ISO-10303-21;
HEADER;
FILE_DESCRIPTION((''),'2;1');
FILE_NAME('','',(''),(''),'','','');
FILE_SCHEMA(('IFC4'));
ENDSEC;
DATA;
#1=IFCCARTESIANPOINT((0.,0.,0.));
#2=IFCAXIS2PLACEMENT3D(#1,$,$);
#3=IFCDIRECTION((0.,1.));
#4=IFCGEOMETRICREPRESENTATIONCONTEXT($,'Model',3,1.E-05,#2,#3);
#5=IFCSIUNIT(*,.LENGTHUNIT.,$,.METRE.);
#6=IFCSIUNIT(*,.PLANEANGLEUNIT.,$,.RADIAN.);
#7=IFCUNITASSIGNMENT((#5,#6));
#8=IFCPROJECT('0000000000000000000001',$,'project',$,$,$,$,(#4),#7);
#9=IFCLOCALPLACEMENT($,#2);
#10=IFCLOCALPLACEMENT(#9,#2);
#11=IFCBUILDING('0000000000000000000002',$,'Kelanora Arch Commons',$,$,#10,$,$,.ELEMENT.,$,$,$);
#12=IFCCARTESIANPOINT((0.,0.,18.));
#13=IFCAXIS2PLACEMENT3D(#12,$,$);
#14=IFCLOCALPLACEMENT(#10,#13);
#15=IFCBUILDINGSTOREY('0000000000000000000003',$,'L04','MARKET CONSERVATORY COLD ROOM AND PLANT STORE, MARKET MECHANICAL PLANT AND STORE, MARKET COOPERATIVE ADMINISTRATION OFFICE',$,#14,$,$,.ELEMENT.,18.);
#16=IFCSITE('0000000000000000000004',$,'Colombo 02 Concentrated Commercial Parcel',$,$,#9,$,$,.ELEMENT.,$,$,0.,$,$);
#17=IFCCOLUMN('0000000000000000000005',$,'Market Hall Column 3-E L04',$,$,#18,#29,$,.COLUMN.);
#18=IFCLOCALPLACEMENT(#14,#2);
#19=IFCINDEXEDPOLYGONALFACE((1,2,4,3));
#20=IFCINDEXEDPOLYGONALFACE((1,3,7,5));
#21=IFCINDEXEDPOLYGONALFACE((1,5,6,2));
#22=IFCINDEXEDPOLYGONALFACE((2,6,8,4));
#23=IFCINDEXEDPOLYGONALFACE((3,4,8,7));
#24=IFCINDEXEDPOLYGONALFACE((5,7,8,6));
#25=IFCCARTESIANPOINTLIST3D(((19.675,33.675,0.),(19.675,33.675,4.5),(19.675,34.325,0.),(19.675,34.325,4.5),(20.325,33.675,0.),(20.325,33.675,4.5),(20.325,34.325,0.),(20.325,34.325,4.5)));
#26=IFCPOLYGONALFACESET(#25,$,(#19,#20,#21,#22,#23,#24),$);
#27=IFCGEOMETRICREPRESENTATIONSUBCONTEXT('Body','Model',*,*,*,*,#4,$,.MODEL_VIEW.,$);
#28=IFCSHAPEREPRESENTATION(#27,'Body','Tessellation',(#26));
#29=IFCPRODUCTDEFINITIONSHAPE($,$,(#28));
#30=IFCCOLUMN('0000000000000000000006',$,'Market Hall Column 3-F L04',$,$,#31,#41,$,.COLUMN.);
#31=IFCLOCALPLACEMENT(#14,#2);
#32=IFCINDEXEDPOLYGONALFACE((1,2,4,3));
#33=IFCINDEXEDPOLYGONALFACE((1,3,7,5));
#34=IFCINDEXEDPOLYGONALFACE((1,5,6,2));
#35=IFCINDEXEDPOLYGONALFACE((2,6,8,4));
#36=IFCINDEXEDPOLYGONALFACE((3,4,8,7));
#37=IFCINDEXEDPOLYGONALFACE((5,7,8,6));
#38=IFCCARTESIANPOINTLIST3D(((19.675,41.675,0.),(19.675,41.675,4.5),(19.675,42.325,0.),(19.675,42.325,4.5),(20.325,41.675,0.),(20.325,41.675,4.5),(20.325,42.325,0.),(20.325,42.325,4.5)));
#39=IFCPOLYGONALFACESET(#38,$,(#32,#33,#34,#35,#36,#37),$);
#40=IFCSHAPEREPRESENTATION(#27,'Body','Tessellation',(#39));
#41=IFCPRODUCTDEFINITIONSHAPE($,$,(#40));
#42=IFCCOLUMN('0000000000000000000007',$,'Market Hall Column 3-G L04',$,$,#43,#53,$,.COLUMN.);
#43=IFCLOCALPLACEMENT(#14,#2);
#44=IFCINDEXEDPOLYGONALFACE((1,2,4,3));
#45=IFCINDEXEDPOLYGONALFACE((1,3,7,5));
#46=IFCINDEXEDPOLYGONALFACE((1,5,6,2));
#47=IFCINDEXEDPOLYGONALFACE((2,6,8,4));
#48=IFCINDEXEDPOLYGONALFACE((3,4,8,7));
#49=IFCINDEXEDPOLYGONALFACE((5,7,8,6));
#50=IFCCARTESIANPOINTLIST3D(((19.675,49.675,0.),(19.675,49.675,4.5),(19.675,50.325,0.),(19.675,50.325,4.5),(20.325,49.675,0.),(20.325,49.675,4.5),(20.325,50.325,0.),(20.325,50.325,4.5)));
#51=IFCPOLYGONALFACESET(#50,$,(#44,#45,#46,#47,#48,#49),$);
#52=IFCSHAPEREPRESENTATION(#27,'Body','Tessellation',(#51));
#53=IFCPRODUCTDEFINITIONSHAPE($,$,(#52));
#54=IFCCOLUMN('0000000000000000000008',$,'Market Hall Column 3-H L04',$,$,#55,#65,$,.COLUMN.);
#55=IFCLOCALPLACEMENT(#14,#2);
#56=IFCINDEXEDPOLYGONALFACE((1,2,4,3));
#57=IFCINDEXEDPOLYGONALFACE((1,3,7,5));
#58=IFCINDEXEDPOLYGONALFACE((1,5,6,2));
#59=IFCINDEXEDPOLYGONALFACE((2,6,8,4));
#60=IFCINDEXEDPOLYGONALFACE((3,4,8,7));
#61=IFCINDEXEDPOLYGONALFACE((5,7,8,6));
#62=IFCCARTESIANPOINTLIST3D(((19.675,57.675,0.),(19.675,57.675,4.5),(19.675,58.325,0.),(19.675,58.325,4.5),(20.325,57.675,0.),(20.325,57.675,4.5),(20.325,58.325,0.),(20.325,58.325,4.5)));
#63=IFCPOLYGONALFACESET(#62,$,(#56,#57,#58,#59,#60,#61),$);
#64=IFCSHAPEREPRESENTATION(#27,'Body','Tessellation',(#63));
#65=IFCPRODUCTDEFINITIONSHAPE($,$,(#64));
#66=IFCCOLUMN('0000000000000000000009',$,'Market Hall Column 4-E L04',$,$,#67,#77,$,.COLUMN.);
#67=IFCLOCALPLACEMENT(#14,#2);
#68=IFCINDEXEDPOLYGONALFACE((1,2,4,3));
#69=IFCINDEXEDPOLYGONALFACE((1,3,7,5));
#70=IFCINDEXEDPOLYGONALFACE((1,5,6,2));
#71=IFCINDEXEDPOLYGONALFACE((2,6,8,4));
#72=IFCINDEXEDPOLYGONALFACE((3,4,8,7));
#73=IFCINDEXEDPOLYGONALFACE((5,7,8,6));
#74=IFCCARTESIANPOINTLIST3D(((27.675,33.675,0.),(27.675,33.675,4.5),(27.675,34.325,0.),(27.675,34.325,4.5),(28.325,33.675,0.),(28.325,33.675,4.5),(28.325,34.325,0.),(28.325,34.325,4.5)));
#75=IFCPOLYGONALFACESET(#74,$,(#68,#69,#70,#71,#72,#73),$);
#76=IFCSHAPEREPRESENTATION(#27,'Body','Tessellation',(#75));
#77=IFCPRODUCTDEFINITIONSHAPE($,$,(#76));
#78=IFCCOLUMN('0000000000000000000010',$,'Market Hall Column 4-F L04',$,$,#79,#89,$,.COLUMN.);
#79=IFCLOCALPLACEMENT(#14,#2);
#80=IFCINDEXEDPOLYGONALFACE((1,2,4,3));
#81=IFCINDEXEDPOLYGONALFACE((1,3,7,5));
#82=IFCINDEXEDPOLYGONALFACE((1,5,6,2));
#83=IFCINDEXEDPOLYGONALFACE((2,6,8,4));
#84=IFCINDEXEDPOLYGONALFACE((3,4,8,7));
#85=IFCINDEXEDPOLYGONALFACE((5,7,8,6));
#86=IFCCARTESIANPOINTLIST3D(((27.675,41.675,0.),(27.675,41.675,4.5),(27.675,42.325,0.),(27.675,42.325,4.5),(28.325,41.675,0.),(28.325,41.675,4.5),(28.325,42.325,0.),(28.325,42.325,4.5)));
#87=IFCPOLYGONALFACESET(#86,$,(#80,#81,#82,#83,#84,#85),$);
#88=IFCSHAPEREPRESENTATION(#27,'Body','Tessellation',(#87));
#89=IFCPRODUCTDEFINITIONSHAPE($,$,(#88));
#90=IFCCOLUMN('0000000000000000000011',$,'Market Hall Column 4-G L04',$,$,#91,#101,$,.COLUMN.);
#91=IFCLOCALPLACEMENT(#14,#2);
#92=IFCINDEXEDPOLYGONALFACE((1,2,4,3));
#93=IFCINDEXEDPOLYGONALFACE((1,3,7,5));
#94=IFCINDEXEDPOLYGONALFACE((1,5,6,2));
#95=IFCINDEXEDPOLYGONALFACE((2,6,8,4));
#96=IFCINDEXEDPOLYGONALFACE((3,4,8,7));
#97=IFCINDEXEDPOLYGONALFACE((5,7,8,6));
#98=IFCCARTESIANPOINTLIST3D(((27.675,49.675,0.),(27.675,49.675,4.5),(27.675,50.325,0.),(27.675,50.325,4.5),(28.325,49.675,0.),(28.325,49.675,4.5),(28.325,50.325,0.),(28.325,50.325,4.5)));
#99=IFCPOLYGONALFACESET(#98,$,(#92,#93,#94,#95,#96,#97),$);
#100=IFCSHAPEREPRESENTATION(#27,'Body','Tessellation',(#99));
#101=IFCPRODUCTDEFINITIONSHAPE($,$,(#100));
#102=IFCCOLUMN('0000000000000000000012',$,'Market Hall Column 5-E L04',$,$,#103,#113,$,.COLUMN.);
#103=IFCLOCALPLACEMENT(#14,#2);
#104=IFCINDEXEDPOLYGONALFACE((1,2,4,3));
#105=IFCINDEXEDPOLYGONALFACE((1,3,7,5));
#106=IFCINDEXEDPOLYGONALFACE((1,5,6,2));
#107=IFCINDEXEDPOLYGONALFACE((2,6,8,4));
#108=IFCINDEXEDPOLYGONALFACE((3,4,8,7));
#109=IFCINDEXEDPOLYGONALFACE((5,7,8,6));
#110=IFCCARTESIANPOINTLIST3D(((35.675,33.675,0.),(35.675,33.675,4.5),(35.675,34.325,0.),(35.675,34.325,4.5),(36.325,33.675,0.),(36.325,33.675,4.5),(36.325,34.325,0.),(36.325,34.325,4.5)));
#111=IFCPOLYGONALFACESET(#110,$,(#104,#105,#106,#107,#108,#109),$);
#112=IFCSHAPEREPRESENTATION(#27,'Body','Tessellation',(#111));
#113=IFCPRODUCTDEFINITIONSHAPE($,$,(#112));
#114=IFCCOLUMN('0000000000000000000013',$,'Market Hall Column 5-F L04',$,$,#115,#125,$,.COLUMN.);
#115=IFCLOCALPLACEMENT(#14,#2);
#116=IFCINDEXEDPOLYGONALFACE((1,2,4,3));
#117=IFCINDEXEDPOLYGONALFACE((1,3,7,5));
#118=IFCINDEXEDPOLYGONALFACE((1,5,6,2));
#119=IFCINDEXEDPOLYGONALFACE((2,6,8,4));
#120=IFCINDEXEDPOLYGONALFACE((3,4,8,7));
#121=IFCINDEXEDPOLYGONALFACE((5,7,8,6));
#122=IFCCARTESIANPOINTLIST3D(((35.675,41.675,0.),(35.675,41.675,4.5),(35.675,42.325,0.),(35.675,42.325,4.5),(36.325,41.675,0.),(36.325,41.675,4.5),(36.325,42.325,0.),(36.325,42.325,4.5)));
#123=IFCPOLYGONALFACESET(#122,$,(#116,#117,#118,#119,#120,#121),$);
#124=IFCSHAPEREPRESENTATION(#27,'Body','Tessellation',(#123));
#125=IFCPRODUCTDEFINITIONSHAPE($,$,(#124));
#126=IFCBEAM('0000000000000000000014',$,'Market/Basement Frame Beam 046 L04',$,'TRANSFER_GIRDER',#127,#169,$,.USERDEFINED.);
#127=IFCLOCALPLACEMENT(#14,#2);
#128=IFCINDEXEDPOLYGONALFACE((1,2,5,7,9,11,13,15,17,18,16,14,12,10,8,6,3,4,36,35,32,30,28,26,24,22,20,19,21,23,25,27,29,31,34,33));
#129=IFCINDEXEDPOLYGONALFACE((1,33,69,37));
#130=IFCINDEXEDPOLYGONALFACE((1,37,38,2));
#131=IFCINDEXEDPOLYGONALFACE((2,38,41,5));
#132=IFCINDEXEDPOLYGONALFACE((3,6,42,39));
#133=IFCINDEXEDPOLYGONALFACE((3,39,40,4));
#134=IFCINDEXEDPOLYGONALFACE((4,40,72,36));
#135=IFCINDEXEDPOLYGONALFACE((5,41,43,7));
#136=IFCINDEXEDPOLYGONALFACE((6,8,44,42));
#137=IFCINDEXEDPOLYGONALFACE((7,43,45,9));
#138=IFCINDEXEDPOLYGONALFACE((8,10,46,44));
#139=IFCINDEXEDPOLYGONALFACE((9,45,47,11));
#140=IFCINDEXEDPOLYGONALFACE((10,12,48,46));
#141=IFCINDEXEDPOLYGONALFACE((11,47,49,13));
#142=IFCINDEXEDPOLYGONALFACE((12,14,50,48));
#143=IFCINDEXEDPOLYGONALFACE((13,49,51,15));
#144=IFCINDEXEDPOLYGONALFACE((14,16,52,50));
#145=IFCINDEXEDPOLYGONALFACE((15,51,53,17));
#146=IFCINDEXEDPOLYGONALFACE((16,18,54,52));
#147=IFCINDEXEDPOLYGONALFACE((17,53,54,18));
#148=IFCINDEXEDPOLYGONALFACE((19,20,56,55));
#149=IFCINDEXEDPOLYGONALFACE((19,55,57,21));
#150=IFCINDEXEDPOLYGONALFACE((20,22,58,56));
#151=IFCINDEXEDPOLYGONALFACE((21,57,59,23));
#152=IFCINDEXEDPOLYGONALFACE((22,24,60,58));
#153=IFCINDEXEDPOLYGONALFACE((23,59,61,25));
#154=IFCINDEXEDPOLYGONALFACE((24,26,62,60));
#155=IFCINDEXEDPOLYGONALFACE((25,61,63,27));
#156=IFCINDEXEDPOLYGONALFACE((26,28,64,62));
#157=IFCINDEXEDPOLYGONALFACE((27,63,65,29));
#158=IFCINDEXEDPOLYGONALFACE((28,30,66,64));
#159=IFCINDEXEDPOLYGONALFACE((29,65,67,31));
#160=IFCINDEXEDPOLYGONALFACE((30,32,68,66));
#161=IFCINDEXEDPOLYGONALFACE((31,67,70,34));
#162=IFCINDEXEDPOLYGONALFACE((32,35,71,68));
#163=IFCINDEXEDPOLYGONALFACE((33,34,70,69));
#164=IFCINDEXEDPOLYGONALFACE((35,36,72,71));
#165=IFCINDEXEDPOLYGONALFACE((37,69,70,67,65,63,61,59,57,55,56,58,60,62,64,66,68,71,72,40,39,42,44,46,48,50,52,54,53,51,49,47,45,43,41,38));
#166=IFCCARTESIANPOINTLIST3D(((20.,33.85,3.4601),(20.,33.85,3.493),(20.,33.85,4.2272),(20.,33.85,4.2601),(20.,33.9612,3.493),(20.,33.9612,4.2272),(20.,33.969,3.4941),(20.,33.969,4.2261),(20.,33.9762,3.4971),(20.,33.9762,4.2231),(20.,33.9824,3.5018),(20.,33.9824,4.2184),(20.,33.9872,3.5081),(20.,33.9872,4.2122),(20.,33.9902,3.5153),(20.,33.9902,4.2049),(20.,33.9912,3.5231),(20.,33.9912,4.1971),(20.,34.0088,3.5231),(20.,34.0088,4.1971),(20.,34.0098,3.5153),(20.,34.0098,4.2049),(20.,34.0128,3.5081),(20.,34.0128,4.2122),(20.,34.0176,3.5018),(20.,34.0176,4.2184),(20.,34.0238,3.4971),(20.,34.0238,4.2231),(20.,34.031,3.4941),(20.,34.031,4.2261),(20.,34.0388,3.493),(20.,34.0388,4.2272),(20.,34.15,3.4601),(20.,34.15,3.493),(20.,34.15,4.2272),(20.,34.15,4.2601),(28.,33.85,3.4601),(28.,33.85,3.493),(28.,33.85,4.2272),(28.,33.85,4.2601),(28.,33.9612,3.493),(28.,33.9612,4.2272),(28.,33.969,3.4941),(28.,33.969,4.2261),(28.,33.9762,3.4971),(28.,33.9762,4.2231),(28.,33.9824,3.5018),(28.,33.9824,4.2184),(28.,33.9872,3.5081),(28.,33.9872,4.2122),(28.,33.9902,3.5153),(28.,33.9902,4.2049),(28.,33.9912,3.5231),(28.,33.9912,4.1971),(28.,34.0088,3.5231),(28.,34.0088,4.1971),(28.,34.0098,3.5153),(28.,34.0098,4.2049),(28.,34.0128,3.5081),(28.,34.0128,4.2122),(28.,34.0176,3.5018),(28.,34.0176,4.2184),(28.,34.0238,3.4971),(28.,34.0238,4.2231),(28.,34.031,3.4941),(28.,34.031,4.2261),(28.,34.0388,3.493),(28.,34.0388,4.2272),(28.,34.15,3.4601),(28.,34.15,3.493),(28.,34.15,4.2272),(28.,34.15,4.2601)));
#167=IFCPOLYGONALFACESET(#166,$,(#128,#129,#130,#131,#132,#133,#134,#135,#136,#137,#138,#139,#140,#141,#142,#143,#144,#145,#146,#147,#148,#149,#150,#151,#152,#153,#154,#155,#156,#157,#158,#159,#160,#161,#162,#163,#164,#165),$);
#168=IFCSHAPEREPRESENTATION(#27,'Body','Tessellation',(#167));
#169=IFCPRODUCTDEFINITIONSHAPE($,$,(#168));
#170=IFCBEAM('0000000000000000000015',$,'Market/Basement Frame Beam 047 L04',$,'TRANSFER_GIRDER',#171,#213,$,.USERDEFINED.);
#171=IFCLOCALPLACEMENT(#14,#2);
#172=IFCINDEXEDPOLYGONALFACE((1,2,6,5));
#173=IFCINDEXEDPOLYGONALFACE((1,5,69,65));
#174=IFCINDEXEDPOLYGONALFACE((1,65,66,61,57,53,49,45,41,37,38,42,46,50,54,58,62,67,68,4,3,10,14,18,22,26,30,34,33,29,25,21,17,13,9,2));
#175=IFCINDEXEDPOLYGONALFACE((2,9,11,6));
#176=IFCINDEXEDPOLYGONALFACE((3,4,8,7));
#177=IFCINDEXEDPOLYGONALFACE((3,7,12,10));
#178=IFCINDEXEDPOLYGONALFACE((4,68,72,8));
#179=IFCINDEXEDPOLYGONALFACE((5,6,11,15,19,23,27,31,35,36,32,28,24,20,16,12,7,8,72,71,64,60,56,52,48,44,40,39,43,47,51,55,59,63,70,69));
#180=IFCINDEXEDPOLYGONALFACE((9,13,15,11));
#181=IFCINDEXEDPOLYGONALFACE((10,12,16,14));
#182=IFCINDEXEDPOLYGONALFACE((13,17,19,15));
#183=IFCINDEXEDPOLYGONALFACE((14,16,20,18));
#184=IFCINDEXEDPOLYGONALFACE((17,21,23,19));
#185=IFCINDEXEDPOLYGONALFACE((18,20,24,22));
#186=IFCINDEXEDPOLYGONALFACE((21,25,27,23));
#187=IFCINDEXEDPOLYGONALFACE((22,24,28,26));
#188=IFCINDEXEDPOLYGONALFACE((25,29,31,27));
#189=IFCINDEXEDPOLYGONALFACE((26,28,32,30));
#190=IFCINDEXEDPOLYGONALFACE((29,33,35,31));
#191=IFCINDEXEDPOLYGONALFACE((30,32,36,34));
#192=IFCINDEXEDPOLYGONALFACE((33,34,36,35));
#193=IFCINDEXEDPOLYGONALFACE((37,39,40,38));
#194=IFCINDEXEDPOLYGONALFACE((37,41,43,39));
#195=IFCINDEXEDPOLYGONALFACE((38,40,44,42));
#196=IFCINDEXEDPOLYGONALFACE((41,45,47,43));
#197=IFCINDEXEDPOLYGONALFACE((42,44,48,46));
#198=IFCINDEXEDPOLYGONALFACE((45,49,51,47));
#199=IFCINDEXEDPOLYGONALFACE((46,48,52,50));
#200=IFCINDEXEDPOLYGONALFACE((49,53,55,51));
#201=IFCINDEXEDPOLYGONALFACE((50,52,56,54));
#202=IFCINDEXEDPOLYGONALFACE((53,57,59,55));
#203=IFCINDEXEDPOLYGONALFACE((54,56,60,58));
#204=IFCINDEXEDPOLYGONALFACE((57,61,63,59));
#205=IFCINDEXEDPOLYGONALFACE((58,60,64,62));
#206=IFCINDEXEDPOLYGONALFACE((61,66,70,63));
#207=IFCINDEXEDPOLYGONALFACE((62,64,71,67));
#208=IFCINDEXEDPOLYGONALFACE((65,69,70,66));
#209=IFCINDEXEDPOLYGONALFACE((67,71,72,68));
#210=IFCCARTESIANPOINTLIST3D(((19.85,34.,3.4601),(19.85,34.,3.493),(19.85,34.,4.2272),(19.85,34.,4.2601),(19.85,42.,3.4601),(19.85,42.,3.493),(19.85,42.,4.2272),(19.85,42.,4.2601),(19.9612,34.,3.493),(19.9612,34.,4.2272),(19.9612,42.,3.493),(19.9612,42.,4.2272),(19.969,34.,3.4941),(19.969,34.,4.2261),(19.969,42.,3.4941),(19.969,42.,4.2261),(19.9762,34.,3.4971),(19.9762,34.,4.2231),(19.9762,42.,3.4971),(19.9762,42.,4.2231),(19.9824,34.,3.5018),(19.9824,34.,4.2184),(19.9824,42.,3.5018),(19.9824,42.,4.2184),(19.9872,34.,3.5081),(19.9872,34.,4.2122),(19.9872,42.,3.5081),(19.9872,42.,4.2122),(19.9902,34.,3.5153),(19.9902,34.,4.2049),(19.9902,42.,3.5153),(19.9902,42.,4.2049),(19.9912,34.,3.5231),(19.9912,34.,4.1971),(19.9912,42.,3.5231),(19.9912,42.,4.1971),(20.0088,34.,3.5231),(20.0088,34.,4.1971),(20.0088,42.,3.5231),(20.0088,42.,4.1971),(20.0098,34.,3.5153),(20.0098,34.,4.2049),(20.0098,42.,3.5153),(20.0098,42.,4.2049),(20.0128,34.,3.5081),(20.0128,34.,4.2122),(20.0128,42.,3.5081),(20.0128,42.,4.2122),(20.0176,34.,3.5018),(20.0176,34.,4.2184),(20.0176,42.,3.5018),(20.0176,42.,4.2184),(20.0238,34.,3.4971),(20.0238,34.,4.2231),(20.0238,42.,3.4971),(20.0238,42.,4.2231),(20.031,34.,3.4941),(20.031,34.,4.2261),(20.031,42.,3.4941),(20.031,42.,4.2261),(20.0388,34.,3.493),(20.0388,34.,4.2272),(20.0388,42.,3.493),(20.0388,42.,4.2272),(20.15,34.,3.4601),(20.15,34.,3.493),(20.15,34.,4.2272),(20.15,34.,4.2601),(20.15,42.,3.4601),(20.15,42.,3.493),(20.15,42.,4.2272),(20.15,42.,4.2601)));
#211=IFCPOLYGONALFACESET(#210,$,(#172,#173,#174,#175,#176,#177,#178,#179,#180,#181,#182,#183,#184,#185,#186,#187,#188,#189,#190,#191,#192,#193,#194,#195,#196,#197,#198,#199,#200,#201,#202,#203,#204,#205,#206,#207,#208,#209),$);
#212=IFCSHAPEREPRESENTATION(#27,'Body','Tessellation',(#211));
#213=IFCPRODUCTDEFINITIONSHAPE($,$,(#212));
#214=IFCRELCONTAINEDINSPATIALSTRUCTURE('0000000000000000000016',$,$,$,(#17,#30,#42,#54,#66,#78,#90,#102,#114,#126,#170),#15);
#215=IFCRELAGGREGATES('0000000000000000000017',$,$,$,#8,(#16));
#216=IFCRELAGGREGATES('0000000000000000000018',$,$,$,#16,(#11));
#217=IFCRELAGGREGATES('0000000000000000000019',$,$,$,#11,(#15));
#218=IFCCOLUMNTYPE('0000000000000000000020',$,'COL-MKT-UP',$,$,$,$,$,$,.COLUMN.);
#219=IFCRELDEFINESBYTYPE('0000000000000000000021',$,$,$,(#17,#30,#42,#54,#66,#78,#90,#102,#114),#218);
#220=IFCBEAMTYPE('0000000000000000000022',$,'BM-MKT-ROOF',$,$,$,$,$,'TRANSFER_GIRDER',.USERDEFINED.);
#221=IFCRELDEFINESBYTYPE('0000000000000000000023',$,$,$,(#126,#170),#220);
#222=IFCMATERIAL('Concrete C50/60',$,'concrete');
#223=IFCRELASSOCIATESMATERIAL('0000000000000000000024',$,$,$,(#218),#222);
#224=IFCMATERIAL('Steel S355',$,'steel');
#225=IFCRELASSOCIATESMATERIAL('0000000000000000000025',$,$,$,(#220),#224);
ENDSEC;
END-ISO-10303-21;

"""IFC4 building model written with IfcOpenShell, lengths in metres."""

from ifc_helpers import new_model, si_unit, direction, frame, origin, origin_2d, place, context, subcontext, project, spatial, rectangle, i_section, extrude, material, material_profile, profile_set, type_object, element, save


model = new_model("IFC4")

# Units and contexts
model_context = context("Model", 3, precision=1e-05, world=origin(), true_north=direction((0.0, 1.0)))
body_context = subcontext(model_context, "Body", "Model", "MODEL_VIEW")
ifc_project = project(units=[si_unit("LENGTHUNIT", "METRE"), si_unit("PLANEANGLEUNIT", "RADIAN")], contexts=[model_context])

# Site, building, storey
site_placement = place(None, origin())
site = spatial("IfcSite", under=ifc_project, at=site_placement, Name="Colombo 02 Concentrated Commercial Parcel", CompositionType="ELEMENT", RefElevation=0.0)
building_placement = place(site_placement, origin())
building = spatial("IfcBuilding", under=site, at=building_placement, Name="Kelanora Arch Commons", CompositionType="ELEMENT")
storey_placement = place(building_placement, frame((0.0, 0.0, 18.0)))
storey = spatial("IfcBuildingStorey", under=building, at=storey_placement, Name="L04", Description="MARKET CONSERVATORY COLD ROOM AND PLANT STORE, MARKET MECHANICAL PLANT AND STORE, MARKET COOPERATIVE ADMINISTRATION OFFICE", CompositionType="ELEMENT", Elevation=18.0)

# Columns
ifc_material_1 = material(Name="Concrete C50/60", Category="concrete")
ifc_material_profile_1 = material_profile(ifc_material_1, rectangle(XDim=0.6499, YDim=0.6499, at=origin_2d()), Name="RC650x650")
ifc_profile_set_1 = profile_set([ifc_material_profile_1], Name="Concrete C50/60")
column_type = type_object("IfcColumnType", Name="COL-MKT-UP", PredefinedType="COLUMN", material=ifc_profile_set_1)
for number, where, z_axis, x_axis, name in (
    (1, (20.0, 34.0, 0.0), (0.0, 0.0, 1.0), (1.0, 0.0, 0.0), "Market Hall Column 3-E L04"),
    (2, (20.0, 42.0, 0.0), (0.0, 0.0, 1.0), (1.0, 0.0, 0.0), "Market Hall Column 3-F L04"),
    (3, (20.0, 50.0, 0.0), (0.0, 0.0, 1.0), (1.0, 0.0, 0.0), "Market Hall Column 3-G L04"),
    (4, (20.0, 58.0, 0.0), (0.0, 0.0, 1.0), (1.0, 0.0, 0.0), "Market Hall Column 3-H L04"),
    (5, (28.0, 34.0, 0.0), (0.0, 0.0, 1.0), (1.0, 0.0, 0.0), "Market Hall Column 4-E L04"),
    (6, (28.0, 42.0, 0.0), (0.0, 0.0, 1.0), (1.0, 0.0, 0.0), "Market Hall Column 4-F L04"),
    (7, (28.0, 50.0, 0.0), (0.0, 0.0, 1.0), (1.0, 0.0, 0.0), "Market Hall Column 4-G L04"),
    (8, (36.0, 34.0, 0.0), (0.0, 0.0, 1.0), (1.0, 0.0, 0.0), "Market Hall Column 5-E L04"),
    (9, (36.0, 42.0, 0.0), (0.0, 0.0, 1.0), (1.0, 0.0, 0.0), "Market Hall Column 5-F L04"),
):
    element("IfcColumn", number, at=place(storey_placement, frame(where, z_axis=z_axis, x_axis=x_axis)), inside=storey, type_object=column_type, Name=name, PredefinedType="COLUMN", context=body_context, shape_type="SweptSolid", body=[
        extrude(rectangle(XDim=0.6499, YDim=0.6499, at=origin_2d()), origin(), (0.0, 0.0, 1.0), 4.5),
    ])

# Beams
ifc_material_2 = material(Name="Steel S355", Category="steel")
ifc_material_profile_2 = material_profile(ifc_material_2, i_section(OverallWidth=0.3, OverallDepth=0.8, WebThickness=0.0176, FlangeThickness=0.033, FilletRadius=0.03, at=origin_2d()), Name="HEB800")
ifc_profile_set_2 = profile_set([ifc_material_profile_2], Name="Steel S355")
beam_type = type_object("IfcBeamType", Name="BM-MKT-ROOF", ElementType="TRANSFER_GIRDER", PredefinedType="USERDEFINED", material=ifc_profile_set_2)
for number, where, z_axis, x_axis, name in (
    (10, (20.0, 34.0, 3.8601), (1.0, 0.0, 0.0), (0.0, 1.0, 0.0), "Market/Basement Frame Beam 046 L04"),
    (11, (20.0, 34.0, 3.8601), (0.0, 1.0, 0.0), (-1.0, 0.0, 0.0), "Market/Basement Frame Beam 047 L04"),
):
    element("IfcBeam", number, at=place(storey_placement, frame(where, z_axis=z_axis, x_axis=x_axis)), inside=storey, type_object=beam_type, Name=name, ObjectType="TRANSFER_GIRDER", PredefinedType="USERDEFINED", context=body_context, shape_type="SweptSolid", body=[
        extrude(i_section(OverallWidth=0.3, OverallDepth=0.8, WebThickness=0.0176, FlangeThickness=0.033, FilletRadius=0.03, at=origin_2d()), origin(), (0.0, 0.0, 1.0), 8.0),
    ])

save(model, "model.ifc")
